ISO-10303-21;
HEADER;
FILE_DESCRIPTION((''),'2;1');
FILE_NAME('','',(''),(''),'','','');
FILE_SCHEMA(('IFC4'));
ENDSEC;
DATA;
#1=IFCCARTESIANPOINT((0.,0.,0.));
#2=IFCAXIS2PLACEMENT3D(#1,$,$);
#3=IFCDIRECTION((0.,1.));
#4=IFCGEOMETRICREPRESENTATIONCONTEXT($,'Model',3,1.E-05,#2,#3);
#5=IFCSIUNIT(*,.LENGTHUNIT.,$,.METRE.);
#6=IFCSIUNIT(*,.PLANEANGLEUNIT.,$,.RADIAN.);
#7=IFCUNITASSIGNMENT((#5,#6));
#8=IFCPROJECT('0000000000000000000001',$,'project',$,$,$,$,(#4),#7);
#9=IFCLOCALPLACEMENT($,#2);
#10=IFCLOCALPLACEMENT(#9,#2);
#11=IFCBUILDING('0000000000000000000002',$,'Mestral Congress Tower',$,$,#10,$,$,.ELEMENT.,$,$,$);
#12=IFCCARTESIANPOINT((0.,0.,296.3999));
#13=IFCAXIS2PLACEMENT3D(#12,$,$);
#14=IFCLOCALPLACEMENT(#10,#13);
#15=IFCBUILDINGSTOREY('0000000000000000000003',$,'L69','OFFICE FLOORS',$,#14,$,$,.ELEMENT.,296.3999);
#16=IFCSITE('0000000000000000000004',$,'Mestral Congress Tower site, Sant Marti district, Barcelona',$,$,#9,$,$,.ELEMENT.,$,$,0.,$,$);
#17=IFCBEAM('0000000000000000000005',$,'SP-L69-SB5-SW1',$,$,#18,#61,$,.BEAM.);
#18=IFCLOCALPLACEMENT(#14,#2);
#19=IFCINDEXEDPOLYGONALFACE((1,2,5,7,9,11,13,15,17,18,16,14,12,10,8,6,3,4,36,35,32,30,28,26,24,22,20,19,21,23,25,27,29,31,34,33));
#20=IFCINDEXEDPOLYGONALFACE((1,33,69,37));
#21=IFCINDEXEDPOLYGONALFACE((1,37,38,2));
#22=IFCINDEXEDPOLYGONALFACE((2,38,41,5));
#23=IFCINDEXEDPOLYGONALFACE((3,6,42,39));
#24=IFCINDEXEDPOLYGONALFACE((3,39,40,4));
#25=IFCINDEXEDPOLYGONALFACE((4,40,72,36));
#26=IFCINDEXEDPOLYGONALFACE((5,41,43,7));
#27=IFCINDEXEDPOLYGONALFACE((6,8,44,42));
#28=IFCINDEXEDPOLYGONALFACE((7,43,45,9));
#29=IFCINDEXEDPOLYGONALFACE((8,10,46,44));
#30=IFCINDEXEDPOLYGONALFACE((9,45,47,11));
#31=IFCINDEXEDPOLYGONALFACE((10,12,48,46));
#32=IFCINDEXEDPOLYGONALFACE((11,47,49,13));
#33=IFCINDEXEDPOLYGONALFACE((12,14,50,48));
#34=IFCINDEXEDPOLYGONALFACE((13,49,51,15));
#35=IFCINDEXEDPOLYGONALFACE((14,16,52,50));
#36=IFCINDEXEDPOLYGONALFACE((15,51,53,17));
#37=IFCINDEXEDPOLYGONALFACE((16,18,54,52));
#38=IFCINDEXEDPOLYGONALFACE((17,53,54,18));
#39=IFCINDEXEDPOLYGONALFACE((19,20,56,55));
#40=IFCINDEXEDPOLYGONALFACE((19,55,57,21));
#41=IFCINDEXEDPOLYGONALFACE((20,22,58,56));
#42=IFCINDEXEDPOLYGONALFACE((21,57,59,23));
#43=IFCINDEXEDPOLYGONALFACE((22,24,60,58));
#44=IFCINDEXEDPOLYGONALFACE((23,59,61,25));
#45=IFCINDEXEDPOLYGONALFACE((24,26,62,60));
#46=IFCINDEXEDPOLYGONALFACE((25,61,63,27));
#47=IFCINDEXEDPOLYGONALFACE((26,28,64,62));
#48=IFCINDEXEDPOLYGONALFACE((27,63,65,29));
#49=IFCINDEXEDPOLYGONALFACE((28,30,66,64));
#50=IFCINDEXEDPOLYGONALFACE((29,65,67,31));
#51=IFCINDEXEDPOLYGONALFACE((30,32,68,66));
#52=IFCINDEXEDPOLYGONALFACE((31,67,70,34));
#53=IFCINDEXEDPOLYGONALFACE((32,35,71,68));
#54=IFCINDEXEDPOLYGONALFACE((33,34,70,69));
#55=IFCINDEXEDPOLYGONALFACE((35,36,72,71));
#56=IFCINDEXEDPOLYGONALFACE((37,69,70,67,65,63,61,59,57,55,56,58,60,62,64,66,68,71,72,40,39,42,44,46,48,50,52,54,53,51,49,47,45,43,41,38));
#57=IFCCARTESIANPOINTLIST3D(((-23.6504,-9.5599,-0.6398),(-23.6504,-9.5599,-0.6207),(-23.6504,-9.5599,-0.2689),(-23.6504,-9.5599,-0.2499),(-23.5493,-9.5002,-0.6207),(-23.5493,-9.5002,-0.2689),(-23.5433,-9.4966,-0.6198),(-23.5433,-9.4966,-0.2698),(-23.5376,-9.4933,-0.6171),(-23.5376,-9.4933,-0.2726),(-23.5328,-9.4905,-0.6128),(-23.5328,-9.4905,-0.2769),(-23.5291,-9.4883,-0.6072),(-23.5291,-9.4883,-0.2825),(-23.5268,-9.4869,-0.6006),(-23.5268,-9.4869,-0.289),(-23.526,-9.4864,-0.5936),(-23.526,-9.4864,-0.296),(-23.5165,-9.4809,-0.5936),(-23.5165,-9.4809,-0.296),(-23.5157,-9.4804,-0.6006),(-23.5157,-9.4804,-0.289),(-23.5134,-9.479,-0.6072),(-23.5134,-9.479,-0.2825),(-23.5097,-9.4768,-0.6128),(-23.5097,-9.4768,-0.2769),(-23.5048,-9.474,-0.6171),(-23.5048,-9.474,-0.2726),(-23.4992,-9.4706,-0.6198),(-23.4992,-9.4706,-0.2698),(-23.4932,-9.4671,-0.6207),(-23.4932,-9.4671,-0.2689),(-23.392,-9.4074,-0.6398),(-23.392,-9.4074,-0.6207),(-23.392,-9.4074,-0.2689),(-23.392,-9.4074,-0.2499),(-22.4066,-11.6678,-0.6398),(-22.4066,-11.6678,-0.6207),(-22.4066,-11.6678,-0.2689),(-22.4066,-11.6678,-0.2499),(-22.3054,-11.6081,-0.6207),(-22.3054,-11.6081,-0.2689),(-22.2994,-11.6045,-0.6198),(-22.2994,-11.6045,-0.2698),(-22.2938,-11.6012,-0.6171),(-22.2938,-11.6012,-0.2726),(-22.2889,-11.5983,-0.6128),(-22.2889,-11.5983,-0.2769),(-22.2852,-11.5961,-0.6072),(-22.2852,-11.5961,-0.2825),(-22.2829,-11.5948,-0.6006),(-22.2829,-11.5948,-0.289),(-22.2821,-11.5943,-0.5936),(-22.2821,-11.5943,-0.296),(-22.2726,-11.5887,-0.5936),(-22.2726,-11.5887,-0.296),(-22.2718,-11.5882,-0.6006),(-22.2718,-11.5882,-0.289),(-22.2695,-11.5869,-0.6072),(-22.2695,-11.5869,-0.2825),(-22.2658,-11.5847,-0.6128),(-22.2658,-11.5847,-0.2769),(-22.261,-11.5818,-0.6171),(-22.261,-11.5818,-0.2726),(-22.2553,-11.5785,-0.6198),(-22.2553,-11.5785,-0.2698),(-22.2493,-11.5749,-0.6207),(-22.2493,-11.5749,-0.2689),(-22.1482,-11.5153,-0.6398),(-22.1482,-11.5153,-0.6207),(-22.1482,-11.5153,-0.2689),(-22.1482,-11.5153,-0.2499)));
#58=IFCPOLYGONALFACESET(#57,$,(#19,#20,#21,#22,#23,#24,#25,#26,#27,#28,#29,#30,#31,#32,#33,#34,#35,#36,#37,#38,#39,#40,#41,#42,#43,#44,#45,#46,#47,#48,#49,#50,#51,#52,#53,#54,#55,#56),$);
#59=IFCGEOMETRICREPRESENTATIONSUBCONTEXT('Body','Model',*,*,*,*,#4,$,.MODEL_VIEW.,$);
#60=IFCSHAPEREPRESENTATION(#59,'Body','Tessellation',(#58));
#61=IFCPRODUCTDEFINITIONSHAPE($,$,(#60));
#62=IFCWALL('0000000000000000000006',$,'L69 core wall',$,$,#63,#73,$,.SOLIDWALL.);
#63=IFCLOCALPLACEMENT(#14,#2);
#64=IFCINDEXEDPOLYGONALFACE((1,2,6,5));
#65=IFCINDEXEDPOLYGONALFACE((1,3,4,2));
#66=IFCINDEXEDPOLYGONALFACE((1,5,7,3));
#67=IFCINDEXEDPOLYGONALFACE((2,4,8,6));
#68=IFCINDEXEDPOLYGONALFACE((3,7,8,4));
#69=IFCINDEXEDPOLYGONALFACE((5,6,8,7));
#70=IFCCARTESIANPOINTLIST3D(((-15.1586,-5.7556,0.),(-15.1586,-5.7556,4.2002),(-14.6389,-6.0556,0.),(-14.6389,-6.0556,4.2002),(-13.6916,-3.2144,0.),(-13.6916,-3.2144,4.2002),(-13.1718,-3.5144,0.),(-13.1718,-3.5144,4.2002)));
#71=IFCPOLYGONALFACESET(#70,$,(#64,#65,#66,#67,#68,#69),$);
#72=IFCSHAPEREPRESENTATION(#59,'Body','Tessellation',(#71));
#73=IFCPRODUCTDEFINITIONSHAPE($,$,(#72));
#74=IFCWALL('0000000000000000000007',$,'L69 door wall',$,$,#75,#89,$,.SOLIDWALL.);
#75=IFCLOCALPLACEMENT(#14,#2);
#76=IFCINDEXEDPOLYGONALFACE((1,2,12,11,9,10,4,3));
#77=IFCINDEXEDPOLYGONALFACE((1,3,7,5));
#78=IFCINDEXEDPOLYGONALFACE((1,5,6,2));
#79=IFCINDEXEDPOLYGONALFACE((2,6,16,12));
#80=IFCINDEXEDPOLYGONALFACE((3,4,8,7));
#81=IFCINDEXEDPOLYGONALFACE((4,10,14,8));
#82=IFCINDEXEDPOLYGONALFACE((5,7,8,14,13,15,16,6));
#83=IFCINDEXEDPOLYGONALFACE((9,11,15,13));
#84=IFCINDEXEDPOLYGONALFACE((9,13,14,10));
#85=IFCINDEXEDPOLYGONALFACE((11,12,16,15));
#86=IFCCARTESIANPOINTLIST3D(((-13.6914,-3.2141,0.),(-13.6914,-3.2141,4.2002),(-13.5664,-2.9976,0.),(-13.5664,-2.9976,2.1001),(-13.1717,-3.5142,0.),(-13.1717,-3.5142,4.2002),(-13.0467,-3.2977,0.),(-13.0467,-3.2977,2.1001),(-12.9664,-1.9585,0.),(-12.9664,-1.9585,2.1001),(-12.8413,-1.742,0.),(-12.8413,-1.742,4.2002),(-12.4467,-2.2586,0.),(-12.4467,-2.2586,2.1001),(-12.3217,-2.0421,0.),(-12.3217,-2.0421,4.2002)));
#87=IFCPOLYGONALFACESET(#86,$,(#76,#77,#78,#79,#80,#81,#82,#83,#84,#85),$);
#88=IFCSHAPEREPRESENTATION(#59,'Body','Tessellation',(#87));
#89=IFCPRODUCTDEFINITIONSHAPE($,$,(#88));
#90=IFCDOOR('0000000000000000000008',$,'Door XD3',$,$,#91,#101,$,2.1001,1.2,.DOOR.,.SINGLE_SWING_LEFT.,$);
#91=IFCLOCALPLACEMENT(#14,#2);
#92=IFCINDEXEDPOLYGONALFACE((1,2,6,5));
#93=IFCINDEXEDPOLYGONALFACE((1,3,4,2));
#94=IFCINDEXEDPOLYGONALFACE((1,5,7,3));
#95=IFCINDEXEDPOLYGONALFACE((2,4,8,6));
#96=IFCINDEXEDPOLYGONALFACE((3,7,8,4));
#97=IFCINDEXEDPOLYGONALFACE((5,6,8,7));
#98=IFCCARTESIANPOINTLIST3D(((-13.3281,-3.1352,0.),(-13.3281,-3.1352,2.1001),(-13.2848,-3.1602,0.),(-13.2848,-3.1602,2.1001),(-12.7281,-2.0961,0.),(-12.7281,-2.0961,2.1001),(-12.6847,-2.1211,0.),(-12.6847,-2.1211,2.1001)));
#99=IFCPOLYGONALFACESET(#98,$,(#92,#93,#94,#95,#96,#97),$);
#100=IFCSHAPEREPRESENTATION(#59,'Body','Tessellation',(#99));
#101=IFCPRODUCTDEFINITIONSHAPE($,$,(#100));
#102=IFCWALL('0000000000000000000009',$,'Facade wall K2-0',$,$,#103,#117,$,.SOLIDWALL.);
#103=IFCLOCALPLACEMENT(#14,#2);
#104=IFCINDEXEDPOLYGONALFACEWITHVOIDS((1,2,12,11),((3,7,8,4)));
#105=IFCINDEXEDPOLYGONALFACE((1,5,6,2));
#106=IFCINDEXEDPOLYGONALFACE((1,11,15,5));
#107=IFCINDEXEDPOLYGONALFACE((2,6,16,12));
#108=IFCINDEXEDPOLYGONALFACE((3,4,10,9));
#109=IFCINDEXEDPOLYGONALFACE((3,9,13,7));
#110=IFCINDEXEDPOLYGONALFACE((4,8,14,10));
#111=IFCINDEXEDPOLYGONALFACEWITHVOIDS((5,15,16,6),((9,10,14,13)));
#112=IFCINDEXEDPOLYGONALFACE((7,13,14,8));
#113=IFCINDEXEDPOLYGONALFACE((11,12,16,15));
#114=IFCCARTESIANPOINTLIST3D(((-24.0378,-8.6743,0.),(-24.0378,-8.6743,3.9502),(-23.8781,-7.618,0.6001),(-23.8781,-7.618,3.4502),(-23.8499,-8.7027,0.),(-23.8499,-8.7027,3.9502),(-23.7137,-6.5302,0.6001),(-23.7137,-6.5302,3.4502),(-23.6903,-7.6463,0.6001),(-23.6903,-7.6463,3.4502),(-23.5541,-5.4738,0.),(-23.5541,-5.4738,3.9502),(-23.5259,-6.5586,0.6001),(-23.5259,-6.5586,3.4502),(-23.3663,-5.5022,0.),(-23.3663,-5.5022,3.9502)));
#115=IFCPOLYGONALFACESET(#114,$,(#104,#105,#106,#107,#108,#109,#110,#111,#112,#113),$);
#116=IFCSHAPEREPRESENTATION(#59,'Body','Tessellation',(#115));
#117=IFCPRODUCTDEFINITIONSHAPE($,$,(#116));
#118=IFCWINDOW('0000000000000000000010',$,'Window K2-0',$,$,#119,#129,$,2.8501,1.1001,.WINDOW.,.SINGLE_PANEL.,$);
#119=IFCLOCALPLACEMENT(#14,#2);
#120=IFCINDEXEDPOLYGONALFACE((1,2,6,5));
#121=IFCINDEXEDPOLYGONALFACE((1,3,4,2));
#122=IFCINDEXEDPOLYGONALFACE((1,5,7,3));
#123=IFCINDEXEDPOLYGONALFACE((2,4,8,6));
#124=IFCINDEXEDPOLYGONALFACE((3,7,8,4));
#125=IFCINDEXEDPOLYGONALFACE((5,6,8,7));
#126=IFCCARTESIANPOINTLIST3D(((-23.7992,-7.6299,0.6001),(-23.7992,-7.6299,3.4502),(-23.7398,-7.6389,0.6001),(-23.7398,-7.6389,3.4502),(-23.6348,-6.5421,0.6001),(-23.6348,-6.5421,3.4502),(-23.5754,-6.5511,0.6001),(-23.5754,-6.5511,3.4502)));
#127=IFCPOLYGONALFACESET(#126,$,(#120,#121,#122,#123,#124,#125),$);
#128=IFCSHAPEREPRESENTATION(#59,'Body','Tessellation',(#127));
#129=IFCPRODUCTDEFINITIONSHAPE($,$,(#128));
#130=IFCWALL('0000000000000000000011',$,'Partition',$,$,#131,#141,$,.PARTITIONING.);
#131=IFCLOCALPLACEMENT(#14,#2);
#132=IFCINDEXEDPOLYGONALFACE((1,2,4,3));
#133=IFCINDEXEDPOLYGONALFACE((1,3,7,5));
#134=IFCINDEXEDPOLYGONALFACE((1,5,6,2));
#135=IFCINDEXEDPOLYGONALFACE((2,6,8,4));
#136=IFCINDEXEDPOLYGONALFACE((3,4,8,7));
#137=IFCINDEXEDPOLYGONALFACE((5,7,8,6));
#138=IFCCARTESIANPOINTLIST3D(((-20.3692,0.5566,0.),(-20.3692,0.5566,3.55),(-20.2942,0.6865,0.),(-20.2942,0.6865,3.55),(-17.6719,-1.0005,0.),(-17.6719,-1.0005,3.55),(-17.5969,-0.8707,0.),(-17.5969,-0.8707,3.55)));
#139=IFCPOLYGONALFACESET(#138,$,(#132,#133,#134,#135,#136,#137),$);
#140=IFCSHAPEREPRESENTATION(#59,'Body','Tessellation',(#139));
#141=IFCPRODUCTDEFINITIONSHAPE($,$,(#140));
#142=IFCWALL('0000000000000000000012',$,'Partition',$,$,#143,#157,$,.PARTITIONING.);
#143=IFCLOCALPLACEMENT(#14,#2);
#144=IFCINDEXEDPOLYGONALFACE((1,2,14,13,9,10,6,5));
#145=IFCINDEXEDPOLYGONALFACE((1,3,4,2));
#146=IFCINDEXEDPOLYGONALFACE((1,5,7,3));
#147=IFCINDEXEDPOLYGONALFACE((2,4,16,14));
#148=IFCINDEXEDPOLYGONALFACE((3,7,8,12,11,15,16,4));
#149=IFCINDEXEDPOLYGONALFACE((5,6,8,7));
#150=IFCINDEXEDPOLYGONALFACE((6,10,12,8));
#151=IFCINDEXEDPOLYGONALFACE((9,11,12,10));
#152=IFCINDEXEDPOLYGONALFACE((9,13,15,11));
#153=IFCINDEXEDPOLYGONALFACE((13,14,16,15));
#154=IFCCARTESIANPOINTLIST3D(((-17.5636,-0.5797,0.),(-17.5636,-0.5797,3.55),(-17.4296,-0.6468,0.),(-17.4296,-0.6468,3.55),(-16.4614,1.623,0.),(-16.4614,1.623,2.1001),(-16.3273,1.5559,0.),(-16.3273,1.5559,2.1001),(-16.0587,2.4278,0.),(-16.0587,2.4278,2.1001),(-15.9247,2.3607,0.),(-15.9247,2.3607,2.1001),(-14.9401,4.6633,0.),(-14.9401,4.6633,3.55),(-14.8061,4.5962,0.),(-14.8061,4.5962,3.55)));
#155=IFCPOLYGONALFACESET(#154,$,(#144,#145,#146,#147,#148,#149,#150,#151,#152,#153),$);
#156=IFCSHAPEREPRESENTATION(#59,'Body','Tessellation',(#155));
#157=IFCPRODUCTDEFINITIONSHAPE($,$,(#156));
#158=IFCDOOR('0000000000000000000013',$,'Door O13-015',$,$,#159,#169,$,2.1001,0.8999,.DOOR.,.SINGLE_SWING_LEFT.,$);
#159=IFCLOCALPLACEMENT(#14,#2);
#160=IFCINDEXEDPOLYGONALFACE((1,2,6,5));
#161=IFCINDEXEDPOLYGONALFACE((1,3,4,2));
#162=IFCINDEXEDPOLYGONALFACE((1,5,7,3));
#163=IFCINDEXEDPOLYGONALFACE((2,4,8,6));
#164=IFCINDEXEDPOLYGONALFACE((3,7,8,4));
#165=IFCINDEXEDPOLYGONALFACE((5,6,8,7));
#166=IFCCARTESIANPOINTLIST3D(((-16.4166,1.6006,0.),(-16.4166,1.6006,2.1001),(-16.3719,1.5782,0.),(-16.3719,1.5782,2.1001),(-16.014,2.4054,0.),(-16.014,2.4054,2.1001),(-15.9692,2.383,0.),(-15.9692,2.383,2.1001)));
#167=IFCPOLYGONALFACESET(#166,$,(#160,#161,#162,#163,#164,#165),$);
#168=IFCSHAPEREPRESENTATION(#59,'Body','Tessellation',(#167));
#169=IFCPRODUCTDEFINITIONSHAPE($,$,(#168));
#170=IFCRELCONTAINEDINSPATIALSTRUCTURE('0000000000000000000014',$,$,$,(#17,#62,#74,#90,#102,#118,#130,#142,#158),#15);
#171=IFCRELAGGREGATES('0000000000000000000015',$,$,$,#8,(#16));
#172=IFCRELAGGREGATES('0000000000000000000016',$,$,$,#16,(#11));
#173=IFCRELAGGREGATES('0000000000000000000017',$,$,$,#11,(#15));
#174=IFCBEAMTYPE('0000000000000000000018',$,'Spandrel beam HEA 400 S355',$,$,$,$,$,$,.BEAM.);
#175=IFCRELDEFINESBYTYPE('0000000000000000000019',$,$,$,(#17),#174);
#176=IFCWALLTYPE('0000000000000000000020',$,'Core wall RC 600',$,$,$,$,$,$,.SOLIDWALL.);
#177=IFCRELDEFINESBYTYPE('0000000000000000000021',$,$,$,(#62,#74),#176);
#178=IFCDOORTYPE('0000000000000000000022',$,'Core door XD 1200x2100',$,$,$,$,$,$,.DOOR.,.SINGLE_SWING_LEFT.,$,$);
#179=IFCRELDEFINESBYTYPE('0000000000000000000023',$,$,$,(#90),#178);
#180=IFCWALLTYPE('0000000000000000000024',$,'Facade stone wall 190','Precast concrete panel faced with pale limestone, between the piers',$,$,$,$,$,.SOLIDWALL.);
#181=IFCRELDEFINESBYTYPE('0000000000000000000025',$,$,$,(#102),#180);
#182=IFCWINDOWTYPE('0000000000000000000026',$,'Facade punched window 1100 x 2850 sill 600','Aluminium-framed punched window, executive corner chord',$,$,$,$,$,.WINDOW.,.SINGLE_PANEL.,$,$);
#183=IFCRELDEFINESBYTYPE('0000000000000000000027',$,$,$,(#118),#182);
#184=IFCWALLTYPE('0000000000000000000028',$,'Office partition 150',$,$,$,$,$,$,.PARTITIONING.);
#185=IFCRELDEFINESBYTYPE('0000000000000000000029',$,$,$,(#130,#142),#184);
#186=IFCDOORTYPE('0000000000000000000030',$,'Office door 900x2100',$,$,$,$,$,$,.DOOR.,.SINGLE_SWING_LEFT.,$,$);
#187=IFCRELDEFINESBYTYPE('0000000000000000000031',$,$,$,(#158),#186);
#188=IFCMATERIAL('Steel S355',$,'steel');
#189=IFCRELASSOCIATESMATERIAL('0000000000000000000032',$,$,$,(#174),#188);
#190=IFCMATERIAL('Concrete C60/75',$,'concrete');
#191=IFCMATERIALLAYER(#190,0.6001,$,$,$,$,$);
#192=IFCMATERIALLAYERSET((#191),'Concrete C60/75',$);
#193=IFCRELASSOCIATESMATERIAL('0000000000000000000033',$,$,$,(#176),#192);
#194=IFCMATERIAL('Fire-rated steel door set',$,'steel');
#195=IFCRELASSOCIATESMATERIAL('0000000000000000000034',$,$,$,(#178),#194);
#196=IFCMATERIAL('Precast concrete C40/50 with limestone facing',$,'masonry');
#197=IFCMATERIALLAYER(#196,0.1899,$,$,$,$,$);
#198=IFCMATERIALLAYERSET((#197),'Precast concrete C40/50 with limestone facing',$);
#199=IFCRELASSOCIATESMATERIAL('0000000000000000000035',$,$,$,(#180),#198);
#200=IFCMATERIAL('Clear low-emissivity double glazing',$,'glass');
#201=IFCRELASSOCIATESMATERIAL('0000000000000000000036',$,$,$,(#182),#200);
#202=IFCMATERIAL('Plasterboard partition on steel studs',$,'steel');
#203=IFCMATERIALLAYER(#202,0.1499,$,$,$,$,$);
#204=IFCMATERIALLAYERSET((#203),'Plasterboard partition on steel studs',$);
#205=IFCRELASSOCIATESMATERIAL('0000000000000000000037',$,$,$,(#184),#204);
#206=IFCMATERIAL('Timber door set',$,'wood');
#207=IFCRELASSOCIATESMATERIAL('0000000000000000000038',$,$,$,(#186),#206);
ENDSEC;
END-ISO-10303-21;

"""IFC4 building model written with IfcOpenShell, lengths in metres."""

from ifc_helpers import new_model, si_unit, direction, frame, frame_2d, origin, origin_2d, place, context, subcontext, project, spatial, rectangle, i_section, extrude, material, layer, layer_set, material_profile, profile_set, type_object, element, fill, save


model = new_model("IFC4")

# Units and contexts
model_context = context("Model", 3, precision=1e-05, world=origin(), true_north=direction((0.0, 1.0)))
body_context = subcontext(model_context, "Body", "Model", "MODEL_VIEW")
ifc_project = project(units=[si_unit("LENGTHUNIT", "METRE"), si_unit("PLANEANGLEUNIT", "RADIAN")], contexts=[model_context])

# Site, building, storey
site_placement = place(None, origin())
site = spatial("IfcSite", under=ifc_project, at=site_placement, Name="Mestral Congress Tower site, Sant Marti district, Barcelona", CompositionType="ELEMENT", RefElevation=0.0)
building_placement = place(site_placement, origin())
building = spatial("IfcBuilding", under=site, at=building_placement, Name="Mestral Congress Tower", CompositionType="ELEMENT")
storey_placement = place(building_placement, frame((0.0, 0.0, 296.3999)))
storey = spatial("IfcBuildingStorey", under=building, at=storey_placement, Name="L69", Description="OFFICE FLOORS", CompositionType="ELEMENT", Elevation=296.3999)

# Shared definitions
ifc_material_1 = material(Name="Concrete C60/75", Category="concrete")

# Beam
ifc_material_2 = material(Name="Steel S355", Category="steel")
ifc_material_profile_1 = material_profile(ifc_material_2, i_section(OverallWidth=0.3, OverallDepth=0.3899, WebThickness=0.011, FlangeThickness=0.019, FilletRadius=0.0271, at=origin_2d()), Name="HEA 400")
ifc_profile_set_1 = profile_set([ifc_material_profile_1], Name="Steel S355")
beam_type_1 = type_object("IfcBeamType", Name="Spandrel beam HEA 400 S355", PredefinedType="BEAM", material=ifc_profile_set_1)
beam_1_placement = place(storey_placement, frame((-23.5212, -9.4836, -0.4448), z_axis=(0.508218, -0.861228, 0.0), x_axis=(0.861228, 0.508218, 0.0)))
element("IfcBeam", 1, at=beam_1_placement, inside=storey, type_object=beam_type_1, Name="SP-L69-SB5-SW1", PredefinedType="BEAM", context=body_context, shape_type="SweptSolid", body=[
    extrude(i_section(OverallWidth=0.3, OverallDepth=0.3899, WebThickness=0.011, FlangeThickness=0.019, FilletRadius=0.0271, at=origin_2d()), origin(), (0.0, 0.0, 1.0), 2.4475),
])

# Wall
ifc_layer_1 = layer(ifc_material_1, 0.6001)
ifc_layer_set_1 = layer_set([ifc_layer_1], Name="Concrete C60/75")
wall_type_1 = type_object("IfcWallType", Name="Core wall RC 600", PredefinedType="SOLIDWALL", material=ifc_layer_set_1)
wall_1_placement = place(storey_placement, frame((-13.4316, -3.3643, 0.0), z_axis=(0.0, 0.0, 1.0), x_axis=(-0.49996, -0.866048, 0.0)))
element("IfcWall", 2, at=wall_1_placement, inside=storey, type_object=wall_type_1, Name="L69 core wall", PredefinedType="SOLIDWALL", context=body_context, shape_type="SweptSolid", body=[
    extrude(rectangle(XDim=2.9343, YDim=0.6001, at=frame_2d((1.4673, 0.0))), origin(), (0.0, 0.0, 1.0), 4.2002),
])

# Wall, opening, door
wall_2_placement = place(storey_placement, frame((-13.4316, -3.3643, 0.0), z_axis=(0.0, 0.0, 1.0), x_axis=(0.500062, 0.865989, 0.0)))
wall_2 = element("IfcWall", 3, at=wall_2_placement, inside=storey, type_object=wall_type_1, Name="L69 door wall", PredefinedType="SOLIDWALL", context=body_context, shape_type="SweptSolid", body=[
    extrude(rectangle(XDim=1.7, YDim=0.6001, at=frame_2d((0.8501, 0.0))), origin(), (0.0, 0.0, 1.0), 4.2002),
])
opening_1_placement = place(wall_2_placement, frame((0.25, 0.0, 0.0)))
opening_1 = element("IfcOpeningElement", 4, at=opening_1_placement, cuts=wall_2, PredefinedType="OPENING", context=body_context, shape_type="SweptSolid", body=[
    extrude(rectangle(XDim=1.2, YDim=2.1001, at=frame_2d((0.6001, 1.05))), frame((0.0, 0.3101, 0.0), z_axis=(0.0, -1.0, 0.0), x_axis=(1.0, 0.0, 0.0)), (0.0, 0.0, 1.0), 0.6201),
])
ifc_material_3 = material(Name="Fire-rated steel door set", Category="steel")
door_type_1 = type_object("IfcDoorType", Name="Core door XD 1200x2100", OperationType="SINGLE_SWING_LEFT", PredefinedType="DOOR", material=ifc_material_3)
door_1_placement = place(opening_1_placement, origin())
door_1 = element("IfcDoor", 5, at=door_1_placement, inside=storey, type_object=door_type_1, Name="Door XD3", OperationType="SINGLE_SWING_LEFT", OverallHeight=2.1001, OverallWidth=1.2, PredefinedType="DOOR", context=body_context, shape_type="SweptSolid", body=[
    extrude(rectangle(XDim=1.2, YDim=2.1001, at=frame_2d((0.6001, 1.05))), frame((0.0, 0.0249, 0.0), z_axis=(0.0, -1.0, 0.0), x_axis=(1.0, 0.0, 0.0)), (0.0, 0.0, 1.0), 0.05),
])
fill(opening_1, door_1)

# Wall, opening, window
ifc_material_4 = material(Name="Precast concrete C40/50 with limestone facing", Category="masonry")
ifc_layer_2 = layer(ifc_material_4, 0.1899)
ifc_layer_set_2 = layer_set([ifc_layer_2], Name="Precast concrete C40/50 with limestone facing")
wall_type_2 = type_object("IfcWallType", Name="Facade stone wall 190", Description="Precast concrete panel faced with pale limestone, between the piers", PredefinedType="SOLIDWALL", material=ifc_layer_set_2)
wall_3_placement = place(storey_placement, frame((-23.4602, -5.488, 0.0), z_axis=(0.0, 0.0, 1.0), x_axis=(-0.149421, -0.988774, 0.0)))
wall_3 = element("IfcWall", 6, at=wall_3_placement, inside=storey, type_object=wall_type_2, Name="Facade wall K2-0", PredefinedType="SOLIDWALL", context=body_context, shape_type="SweptSolid", body=[
    extrude(rectangle(XDim=3.2368, YDim=0.1899, at=frame_2d((1.6184, 0.0))), origin(), (0.0, 0.0, 1.0), 3.9502),
])
opening_2_placement = place(wall_3_placement, frame((1.0684, 0.0, 0.6001)))
opening_2 = element("IfcOpeningElement", 7, at=opening_2_placement, cuts=wall_3, PredefinedType="OPENING", context=body_context, shape_type="SweptSolid", body=[
    extrude(rectangle(XDim=1.1001, YDim=2.8501, at=frame_2d((0.55, 1.425))), frame((0.0, 0.105, 0.0), z_axis=(0.0, -1.0, 0.0), x_axis=(1.0, 0.0, 0.0)), (0.0, 0.0, 1.0), 0.21),
])
ifc_material_5 = material(Name="Clear low-emissivity double glazing", Category="glass")
window_type = type_object("IfcWindowType", Name="Facade punched window 1100 x 2850 sill 600", Description="Aluminium-framed punched window, executive corner chord", PartitioningType="SINGLE_PANEL", PredefinedType="WINDOW", material=ifc_material_5)
window_placement = place(opening_2_placement, origin())
window = element("IfcWindow", 8, at=window_placement, inside=storey, type_object=window_type, Name="Window K2-0", OverallHeight=2.8501, OverallWidth=1.1001, PartitioningType="SINGLE_PANEL", PredefinedType="WINDOW", context=body_context, shape_type="SweptSolid", body=[
    extrude(rectangle(XDim=1.1001, YDim=2.8501, at=frame_2d((0.55, 1.425))), frame((0.0, 0.0449, 0.0), z_axis=(0.0, -1.0, 0.0), x_axis=(1.0, 0.0, 0.0)), (0.0, 0.0, 1.0), 0.0601),
])
fill(opening_2, window)

# Wall
ifc_material_6 = material(Name="Plasterboard partition on steel studs", Category="steel")
ifc_layer_3 = layer(ifc_material_6, 0.1499)
ifc_layer_set_3 = layer_set([ifc_layer_3], Name="Plasterboard partition on steel studs")
wall_type_3 = type_object("IfcWallType", Name="Office partition 150", PredefinedType="PARTITIONING", material=ifc_layer_set_3)
wall_4_placement = place(storey_placement, frame((-17.6345, -0.9355, 0.0), z_axis=(0.0, 0.0, 1.0), x_axis=(-0.866045, 0.499967, 0.0)))
element("IfcWall", 9, at=wall_4_placement, inside=storey, type_object=wall_type_3, Name="Partition", PredefinedType="PARTITIONING", context=body_context, shape_type="SweptSolid", body=[
    extrude(rectangle(XDim=3.1145, YDim=0.1499, at=frame_2d((1.5571, 0.0))), origin(), (0.0, 0.0, 1.0), 3.55),
])

# Wall, opening, door
wall_5_placement = place(storey_placement, frame((-17.4966, -0.6133, 0.0), z_axis=(0.0, 0.0, 1.0), x_axis=(0.44748, 0.894294, 0.0)))
wall_5 = element("IfcWall", 10, at=wall_5_placement, inside=storey, type_object=wall_type_3, Name="Partition", PredefinedType="PARTITIONING", context=body_context, shape_type="SweptSolid", body=[
    extrude(rectangle(XDim=5.8628, YDim=0.1499, at=frame_2d((2.9314, 0.0))), origin(), (0.0, 0.0, 1.0), 3.55),
])
opening_3_placement = place(wall_5_placement, frame((2.4631, 0.0, 0.0)))
opening_3 = element("IfcOpeningElement", 11, at=opening_3_placement, cuts=wall_5, PredefinedType="OPENING", context=body_context, shape_type="SweptSolid", body=[
    extrude(rectangle(XDim=0.8999, YDim=2.1001, at=frame_2d((0.45, 1.05))), frame((0.0, 0.085, 0.0), z_axis=(0.0, -1.0, 0.0), x_axis=(1.0, 0.0, 0.0)), (0.0, 0.0, 1.0), 0.1699),
])
ifc_material_7 = material(Name="Timber door set", Category="wood")
door_type_2 = type_object("IfcDoorType", Name="Office door 900x2100", OperationType="SINGLE_SWING_LEFT", PredefinedType="DOOR", material=ifc_material_7)
door_2_placement = place(opening_3_placement, origin())
door_2 = element("IfcDoor", 12, at=door_2_placement, inside=storey, type_object=door_type_2, Name="Door O13-015", OperationType="SINGLE_SWING_LEFT", OverallHeight=2.1001, OverallWidth=0.8999, PredefinedType="DOOR", context=body_context, shape_type="SweptSolid", body=[
    extrude(rectangle(XDim=0.8999, YDim=2.1001, at=frame_2d((0.45, 1.05))), frame((0.0, 0.0249, 0.0), z_axis=(0.0, -1.0, 0.0), x_axis=(1.0, 0.0, 0.0)), (0.0, 0.0, 1.0), 0.05),
])
fill(opening_3, door_2)

save(model, "model.ifc")
